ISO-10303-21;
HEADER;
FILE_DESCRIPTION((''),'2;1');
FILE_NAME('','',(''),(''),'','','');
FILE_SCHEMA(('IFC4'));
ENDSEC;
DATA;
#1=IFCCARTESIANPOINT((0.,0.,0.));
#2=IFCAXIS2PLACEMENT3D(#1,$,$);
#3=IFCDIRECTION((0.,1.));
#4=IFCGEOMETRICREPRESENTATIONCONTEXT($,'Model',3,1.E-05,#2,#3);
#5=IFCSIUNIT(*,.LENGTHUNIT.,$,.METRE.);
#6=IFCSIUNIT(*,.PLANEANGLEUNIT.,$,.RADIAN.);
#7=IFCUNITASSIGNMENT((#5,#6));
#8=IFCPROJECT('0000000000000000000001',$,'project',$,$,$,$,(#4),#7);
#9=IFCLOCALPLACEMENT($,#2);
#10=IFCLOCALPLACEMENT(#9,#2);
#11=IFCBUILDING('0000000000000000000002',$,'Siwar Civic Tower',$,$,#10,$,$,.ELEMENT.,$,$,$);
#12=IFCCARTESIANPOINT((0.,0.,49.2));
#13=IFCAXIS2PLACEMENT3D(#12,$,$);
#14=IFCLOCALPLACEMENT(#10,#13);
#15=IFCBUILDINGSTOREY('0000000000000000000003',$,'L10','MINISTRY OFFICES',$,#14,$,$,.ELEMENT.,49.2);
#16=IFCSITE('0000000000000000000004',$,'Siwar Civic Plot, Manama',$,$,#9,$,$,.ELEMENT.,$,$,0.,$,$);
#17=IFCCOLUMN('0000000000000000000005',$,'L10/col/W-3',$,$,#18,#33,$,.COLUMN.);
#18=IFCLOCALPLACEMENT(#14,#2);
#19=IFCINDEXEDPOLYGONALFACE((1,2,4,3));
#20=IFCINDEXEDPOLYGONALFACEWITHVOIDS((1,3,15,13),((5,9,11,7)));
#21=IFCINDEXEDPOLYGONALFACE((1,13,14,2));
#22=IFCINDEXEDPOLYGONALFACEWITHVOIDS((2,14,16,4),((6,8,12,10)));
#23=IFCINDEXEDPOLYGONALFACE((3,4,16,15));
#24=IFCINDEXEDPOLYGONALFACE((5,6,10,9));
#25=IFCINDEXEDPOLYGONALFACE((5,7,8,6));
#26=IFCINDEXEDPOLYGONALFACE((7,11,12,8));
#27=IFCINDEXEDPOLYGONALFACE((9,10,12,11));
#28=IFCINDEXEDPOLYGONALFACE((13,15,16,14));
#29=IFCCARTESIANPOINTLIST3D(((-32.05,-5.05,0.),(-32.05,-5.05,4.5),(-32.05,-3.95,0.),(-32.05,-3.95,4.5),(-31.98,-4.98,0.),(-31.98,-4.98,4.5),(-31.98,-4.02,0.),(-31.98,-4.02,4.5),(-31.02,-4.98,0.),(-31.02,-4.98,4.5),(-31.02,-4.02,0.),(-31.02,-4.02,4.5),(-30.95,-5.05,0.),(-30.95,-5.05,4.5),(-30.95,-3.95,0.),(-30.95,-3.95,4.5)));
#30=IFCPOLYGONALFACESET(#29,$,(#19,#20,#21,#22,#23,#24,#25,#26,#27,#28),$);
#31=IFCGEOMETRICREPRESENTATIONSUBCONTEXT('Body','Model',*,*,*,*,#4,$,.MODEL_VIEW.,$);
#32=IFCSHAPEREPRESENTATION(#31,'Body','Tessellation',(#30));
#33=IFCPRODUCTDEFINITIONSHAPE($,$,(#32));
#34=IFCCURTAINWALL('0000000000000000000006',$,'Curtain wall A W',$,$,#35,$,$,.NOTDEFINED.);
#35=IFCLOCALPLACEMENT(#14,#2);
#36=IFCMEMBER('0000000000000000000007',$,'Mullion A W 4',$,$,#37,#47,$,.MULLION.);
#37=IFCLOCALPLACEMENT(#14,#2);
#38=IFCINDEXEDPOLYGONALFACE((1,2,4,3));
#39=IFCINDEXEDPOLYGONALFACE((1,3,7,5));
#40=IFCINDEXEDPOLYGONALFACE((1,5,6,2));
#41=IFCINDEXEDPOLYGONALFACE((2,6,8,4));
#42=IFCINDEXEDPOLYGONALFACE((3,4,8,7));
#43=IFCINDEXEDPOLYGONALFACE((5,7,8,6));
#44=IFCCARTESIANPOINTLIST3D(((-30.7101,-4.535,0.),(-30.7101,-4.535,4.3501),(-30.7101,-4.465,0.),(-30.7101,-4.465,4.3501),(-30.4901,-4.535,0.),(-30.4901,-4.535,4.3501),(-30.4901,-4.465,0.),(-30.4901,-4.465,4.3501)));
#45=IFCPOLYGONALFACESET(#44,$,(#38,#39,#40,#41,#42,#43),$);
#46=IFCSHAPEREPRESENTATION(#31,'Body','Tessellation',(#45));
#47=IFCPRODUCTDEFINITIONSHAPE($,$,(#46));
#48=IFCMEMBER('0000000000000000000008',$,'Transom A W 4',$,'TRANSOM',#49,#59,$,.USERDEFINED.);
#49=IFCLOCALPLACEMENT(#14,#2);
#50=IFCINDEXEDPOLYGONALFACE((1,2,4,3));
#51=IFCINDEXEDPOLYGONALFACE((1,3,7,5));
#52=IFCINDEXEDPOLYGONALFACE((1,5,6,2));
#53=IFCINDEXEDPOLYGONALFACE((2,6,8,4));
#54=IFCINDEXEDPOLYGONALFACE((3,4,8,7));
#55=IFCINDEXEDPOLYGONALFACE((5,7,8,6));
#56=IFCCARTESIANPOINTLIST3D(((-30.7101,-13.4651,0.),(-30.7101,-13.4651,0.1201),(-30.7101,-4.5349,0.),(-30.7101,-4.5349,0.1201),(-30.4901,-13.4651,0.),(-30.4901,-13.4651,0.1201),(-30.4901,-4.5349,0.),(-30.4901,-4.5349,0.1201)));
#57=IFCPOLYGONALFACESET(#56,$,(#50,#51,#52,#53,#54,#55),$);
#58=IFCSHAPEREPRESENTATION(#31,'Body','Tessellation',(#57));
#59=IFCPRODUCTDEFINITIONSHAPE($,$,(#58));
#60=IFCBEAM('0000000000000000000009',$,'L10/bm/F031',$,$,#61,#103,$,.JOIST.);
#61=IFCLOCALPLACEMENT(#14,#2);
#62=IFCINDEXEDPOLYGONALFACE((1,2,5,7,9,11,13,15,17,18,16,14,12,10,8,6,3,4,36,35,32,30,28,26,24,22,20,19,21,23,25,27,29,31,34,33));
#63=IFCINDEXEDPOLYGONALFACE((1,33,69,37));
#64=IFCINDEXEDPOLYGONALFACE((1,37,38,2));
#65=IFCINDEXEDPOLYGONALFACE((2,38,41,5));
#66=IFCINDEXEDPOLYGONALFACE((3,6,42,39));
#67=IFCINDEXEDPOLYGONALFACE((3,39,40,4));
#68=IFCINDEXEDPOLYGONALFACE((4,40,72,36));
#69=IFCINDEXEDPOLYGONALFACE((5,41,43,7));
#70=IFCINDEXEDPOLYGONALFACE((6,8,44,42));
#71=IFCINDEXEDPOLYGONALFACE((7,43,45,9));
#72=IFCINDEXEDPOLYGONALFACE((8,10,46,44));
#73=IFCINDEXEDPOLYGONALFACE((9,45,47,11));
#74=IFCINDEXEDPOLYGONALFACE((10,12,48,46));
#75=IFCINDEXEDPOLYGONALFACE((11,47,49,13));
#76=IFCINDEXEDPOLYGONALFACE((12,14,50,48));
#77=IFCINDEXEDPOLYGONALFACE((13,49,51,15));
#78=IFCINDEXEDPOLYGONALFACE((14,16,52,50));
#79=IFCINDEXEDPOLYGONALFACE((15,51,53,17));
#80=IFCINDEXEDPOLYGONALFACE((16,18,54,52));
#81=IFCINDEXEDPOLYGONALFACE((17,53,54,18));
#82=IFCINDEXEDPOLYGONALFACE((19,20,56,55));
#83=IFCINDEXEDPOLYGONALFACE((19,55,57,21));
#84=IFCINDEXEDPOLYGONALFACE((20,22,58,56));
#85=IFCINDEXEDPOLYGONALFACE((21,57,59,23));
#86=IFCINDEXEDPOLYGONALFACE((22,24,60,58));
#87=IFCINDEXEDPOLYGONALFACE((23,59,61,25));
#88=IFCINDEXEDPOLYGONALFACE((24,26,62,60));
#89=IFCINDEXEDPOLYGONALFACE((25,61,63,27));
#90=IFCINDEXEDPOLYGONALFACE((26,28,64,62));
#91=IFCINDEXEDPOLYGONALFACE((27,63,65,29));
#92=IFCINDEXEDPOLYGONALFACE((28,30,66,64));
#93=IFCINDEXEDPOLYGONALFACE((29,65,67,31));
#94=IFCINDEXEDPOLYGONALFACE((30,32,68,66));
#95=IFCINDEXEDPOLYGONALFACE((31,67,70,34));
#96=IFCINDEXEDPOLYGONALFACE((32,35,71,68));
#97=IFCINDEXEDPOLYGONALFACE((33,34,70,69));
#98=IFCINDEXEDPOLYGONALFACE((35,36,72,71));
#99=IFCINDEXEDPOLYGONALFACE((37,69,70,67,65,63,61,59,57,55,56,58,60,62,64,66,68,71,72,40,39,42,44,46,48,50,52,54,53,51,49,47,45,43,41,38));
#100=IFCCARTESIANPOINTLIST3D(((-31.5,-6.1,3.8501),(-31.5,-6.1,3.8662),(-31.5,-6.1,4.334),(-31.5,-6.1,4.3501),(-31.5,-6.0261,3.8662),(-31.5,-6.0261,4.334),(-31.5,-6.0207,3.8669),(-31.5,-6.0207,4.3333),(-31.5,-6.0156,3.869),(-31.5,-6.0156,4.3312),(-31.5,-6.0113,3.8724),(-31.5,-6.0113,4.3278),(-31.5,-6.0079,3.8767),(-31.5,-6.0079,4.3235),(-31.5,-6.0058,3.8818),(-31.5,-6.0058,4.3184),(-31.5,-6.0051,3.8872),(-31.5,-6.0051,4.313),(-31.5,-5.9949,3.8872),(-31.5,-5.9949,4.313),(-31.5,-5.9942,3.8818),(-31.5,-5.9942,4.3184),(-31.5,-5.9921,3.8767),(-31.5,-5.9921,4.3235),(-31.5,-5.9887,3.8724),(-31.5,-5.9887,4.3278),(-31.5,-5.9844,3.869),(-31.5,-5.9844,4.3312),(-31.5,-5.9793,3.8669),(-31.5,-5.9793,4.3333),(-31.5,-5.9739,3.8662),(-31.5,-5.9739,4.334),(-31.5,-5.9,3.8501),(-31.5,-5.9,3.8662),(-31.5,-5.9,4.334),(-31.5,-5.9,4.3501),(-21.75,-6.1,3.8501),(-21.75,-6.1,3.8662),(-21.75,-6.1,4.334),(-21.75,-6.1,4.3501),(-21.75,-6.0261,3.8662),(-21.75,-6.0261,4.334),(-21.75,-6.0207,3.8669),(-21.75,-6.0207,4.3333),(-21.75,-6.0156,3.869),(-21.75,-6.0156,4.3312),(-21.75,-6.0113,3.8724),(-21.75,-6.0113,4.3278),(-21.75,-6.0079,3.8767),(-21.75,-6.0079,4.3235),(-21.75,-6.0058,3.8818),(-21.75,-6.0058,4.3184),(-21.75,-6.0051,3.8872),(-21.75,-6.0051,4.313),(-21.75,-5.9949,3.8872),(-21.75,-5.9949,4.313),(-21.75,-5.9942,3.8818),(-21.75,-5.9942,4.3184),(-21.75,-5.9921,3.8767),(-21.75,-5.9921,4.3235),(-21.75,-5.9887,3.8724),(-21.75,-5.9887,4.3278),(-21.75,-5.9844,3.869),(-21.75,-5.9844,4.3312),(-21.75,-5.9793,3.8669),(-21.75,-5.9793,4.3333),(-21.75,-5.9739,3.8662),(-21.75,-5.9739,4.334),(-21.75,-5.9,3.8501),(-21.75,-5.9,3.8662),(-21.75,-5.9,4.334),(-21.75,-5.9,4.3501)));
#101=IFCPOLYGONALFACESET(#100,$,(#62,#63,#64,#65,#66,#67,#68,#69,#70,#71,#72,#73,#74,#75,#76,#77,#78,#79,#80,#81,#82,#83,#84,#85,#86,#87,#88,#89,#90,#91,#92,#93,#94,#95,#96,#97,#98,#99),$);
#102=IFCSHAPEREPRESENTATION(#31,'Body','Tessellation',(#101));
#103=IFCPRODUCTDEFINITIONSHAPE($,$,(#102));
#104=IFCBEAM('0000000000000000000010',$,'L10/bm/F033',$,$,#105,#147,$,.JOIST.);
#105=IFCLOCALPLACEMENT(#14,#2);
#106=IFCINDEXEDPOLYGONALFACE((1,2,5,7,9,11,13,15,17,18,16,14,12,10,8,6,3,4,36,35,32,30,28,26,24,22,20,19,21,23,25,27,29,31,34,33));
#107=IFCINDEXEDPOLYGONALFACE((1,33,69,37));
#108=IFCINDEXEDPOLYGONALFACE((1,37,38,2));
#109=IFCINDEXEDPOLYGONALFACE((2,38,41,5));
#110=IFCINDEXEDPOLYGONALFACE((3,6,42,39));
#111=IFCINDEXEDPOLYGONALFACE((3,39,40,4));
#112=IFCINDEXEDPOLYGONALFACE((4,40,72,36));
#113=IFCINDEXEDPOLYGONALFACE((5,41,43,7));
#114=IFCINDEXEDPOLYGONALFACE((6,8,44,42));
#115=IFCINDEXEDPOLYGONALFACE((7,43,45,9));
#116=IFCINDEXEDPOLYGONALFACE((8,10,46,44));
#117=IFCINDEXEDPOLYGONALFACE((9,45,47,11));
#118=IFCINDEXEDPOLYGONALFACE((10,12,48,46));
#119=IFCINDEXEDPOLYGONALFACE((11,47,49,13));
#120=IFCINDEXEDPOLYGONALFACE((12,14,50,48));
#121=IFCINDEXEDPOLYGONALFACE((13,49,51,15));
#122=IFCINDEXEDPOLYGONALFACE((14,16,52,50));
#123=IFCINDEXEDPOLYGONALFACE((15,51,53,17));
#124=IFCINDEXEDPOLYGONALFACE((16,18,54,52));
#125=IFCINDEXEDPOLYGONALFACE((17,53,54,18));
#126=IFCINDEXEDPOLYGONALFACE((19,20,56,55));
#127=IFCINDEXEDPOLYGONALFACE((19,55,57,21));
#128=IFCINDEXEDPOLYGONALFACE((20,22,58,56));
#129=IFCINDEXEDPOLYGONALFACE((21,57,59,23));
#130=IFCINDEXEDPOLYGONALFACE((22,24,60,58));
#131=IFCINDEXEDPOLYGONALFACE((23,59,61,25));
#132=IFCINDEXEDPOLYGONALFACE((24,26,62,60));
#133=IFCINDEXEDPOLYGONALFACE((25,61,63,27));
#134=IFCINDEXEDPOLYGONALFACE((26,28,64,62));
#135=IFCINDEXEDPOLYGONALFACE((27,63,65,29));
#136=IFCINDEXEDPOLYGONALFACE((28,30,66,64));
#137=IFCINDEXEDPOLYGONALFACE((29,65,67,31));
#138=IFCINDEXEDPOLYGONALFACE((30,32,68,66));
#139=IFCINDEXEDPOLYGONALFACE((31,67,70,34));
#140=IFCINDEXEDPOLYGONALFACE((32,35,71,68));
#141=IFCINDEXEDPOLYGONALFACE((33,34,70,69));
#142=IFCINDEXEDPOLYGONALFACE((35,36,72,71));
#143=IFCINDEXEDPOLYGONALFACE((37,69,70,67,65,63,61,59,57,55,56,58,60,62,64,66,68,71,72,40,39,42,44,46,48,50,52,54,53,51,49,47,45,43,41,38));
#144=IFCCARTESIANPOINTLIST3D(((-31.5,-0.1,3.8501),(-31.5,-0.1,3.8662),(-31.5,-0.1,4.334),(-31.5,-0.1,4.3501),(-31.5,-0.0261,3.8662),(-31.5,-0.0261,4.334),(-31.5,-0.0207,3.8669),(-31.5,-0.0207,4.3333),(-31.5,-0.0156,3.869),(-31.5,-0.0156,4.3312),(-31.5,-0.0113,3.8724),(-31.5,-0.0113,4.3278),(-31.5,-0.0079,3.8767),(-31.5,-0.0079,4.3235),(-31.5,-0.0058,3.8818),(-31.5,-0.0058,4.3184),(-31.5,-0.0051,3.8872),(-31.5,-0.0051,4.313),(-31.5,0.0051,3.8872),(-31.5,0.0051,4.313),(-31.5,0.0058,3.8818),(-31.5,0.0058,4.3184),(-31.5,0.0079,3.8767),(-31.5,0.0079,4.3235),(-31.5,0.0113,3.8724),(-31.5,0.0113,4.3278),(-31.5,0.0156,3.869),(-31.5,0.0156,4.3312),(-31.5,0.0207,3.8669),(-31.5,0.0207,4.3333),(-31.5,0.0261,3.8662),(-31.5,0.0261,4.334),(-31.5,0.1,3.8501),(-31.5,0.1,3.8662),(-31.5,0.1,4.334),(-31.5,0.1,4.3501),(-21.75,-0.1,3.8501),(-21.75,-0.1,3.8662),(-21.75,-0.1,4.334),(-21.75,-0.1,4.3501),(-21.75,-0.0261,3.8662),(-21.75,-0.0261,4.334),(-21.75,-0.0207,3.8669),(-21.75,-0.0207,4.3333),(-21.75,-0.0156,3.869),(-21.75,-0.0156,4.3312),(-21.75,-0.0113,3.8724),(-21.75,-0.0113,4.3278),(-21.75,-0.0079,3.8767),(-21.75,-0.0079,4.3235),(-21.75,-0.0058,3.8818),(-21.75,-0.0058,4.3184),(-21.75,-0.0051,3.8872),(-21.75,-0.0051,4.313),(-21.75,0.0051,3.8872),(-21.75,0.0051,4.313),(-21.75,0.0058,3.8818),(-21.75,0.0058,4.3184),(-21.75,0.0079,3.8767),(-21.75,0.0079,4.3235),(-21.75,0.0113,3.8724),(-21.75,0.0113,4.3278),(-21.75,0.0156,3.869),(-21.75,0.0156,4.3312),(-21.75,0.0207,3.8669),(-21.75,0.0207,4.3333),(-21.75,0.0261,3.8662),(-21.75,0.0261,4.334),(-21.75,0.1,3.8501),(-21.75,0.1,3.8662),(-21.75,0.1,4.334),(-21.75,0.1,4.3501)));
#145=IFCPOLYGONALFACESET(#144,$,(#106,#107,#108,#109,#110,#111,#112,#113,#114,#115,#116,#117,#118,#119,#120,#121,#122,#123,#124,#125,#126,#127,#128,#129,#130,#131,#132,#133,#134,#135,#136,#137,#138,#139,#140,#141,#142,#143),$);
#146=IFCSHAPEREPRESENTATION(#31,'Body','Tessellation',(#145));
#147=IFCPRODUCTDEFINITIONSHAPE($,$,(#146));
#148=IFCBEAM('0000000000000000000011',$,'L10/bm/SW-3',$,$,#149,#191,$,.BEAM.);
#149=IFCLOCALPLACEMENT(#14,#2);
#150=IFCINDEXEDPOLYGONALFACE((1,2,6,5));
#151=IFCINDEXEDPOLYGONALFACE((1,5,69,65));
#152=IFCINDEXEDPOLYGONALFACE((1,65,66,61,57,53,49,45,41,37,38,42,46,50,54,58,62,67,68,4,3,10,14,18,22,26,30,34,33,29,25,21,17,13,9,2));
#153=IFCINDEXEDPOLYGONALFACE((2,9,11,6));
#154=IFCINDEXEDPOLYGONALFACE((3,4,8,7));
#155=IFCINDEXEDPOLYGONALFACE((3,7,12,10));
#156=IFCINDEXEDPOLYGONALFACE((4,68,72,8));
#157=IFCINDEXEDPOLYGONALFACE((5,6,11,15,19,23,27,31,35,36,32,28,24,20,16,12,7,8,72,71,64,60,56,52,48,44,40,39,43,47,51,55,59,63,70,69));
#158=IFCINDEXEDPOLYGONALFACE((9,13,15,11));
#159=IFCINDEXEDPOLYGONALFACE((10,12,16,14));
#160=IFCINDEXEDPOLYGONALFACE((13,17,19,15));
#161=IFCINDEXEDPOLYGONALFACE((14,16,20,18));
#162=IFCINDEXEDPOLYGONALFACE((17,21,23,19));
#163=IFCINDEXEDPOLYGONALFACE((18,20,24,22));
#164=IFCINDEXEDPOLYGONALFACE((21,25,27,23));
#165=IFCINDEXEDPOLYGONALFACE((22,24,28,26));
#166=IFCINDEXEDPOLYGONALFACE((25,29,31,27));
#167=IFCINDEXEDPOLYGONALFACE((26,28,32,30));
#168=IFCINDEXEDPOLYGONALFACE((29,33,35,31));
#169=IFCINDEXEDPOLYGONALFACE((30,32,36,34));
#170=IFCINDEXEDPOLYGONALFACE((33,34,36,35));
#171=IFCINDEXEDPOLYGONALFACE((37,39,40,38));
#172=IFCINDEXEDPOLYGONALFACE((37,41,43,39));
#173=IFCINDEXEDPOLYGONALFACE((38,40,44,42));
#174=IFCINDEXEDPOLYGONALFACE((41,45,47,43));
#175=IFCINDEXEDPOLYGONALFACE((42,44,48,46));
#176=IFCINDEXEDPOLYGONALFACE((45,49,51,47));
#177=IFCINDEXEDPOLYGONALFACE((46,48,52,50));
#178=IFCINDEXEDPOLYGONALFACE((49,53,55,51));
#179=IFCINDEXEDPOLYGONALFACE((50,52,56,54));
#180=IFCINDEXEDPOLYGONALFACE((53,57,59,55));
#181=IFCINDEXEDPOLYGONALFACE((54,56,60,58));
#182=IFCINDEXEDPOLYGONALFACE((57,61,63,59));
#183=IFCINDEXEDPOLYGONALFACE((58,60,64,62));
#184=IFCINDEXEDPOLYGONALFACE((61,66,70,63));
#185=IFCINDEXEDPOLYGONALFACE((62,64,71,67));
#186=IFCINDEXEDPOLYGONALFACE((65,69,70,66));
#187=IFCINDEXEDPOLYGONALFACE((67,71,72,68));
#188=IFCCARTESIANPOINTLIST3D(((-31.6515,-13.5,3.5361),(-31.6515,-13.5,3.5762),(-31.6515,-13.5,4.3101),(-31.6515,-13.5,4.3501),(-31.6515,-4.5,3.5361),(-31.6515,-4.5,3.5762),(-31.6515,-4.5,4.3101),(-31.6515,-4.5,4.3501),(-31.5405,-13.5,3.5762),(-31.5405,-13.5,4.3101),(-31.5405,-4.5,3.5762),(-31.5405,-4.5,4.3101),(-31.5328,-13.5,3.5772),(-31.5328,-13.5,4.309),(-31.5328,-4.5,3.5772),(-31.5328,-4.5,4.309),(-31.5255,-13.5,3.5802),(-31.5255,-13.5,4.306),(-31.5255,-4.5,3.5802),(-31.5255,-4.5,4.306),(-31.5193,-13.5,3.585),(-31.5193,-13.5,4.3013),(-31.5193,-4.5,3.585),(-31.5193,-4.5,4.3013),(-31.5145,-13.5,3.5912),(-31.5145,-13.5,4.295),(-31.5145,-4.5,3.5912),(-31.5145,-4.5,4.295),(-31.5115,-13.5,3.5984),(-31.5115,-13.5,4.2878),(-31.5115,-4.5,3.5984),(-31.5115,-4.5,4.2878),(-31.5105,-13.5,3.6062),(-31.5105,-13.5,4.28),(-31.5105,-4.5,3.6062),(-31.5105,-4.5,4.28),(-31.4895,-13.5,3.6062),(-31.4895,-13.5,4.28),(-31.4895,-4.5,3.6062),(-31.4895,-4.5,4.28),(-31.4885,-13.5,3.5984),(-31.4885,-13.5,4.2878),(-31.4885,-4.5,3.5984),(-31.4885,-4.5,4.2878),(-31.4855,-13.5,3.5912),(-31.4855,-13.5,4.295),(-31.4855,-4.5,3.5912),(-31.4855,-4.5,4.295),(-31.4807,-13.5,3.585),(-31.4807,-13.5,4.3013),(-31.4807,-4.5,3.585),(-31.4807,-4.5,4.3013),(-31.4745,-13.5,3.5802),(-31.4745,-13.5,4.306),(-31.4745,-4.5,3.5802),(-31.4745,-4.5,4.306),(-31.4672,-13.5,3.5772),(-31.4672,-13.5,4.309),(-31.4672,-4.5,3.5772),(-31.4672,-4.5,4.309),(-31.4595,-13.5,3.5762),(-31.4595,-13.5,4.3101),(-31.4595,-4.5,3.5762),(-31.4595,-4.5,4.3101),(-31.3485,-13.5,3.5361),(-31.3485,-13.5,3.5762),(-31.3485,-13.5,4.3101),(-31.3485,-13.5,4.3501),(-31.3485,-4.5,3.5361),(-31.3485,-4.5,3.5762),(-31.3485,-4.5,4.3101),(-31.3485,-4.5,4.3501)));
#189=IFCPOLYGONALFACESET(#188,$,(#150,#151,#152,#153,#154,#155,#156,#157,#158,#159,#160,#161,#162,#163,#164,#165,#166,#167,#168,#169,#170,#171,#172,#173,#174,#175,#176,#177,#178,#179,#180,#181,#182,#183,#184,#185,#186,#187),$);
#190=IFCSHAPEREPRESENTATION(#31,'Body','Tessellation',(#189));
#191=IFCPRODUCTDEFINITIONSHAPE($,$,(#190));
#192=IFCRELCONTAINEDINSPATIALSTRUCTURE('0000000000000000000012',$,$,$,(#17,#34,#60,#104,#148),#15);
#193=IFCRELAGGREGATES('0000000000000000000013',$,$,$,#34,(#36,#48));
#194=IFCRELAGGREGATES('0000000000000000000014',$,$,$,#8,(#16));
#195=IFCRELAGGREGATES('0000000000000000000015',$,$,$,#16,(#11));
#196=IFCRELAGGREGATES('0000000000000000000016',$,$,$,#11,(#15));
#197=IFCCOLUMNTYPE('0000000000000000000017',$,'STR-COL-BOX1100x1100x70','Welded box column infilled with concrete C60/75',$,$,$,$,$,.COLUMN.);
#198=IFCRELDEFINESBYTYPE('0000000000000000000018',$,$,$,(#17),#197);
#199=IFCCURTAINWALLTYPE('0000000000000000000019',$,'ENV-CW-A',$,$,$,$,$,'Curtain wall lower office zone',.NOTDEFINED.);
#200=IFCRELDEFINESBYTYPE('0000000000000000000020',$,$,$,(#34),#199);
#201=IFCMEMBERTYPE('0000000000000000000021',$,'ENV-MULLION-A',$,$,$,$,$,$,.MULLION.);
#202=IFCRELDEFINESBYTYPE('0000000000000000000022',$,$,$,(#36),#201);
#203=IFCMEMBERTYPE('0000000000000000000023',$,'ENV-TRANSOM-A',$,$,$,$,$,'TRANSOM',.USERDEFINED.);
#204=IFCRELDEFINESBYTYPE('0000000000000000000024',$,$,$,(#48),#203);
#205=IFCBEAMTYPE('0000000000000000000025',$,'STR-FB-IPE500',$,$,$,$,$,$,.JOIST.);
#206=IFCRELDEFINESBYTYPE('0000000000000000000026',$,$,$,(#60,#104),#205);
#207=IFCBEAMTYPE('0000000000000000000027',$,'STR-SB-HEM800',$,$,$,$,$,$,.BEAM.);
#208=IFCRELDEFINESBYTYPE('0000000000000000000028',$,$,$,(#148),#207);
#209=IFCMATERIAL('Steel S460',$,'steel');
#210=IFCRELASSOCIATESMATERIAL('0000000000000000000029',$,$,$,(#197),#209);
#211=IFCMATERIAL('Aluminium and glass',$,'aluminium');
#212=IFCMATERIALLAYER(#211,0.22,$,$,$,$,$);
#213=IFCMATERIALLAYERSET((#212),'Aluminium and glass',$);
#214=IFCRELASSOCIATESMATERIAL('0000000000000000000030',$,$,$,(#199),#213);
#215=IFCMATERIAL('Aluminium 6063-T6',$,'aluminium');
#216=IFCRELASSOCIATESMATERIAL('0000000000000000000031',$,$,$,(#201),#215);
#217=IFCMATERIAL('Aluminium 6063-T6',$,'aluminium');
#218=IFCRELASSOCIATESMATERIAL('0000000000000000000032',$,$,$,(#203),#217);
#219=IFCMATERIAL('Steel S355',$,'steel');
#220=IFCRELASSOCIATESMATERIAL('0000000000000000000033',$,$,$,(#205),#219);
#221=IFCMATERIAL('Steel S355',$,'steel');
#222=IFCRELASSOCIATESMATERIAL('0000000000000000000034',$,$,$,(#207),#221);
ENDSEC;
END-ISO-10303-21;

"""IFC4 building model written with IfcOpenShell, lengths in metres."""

from ifc_helpers import new_model, si_unit, direction, frame, origin, origin_2d, place, context, subcontext, project, spatial, rectangle, hollow_rectangle, i_section, extrude, material, layer, layer_set, material_profile, profile_set, type_object, element, aggregate, save


model = new_model("IFC4")

# Units and contexts
model_context = context("Model", 3, precision=1e-05, world=origin(), true_north=direction((0.0, 1.0)))
body_context = subcontext(model_context, "Body", "Model", "MODEL_VIEW")
ifc_project = project(units=[si_unit("LENGTHUNIT", "METRE"), si_unit("PLANEANGLEUNIT", "RADIAN")], contexts=[model_context])

# Site, building, storey
site_placement = place(None, origin())
site = spatial("IfcSite", under=ifc_project, at=site_placement, Name="Siwar Civic Plot, Manama", CompositionType="ELEMENT", RefElevation=0.0)
building_placement = place(site_placement, origin())
building = spatial("IfcBuilding", under=site, at=building_placement, Name="Siwar Civic Tower", CompositionType="ELEMENT")
storey_placement = place(building_placement, frame((0.0, 0.0, 49.2)))
storey = spatial("IfcBuildingStorey", under=building, at=storey_placement, Name="L10", Description="MINISTRY OFFICES", CompositionType="ELEMENT", Elevation=49.2)

# Column
ifc_material_1 = material(Name="Steel S460", Category="steel")
ifc_material_profile_1 = material_profile(ifc_material_1, hollow_rectangle(XDim=1.1001, YDim=1.1001, WallThickness=0.0701, at=origin_2d()), Name="BOX1100x1100x70")
ifc_profile_set_1 = profile_set([ifc_material_profile_1], Name="Steel S460")
column_type = type_object("IfcColumnType", Name="STR-COL-BOX1100x1100x70", Description="Welded box column infilled with concrete C60/75", PredefinedType="COLUMN", material=ifc_profile_set_1)
column_placement = place(storey_placement, frame((-31.5, -4.5, 0.0), z_axis=(0.0, 0.0, 1.0), x_axis=(1.0, 0.0, 0.0)))
element("IfcColumn", 1, at=column_placement, inside=storey, type_object=column_type, Name="L10/col/W-3", PredefinedType="COLUMN", context=body_context, shape_type="SweptSolid", body=[
    extrude(hollow_rectangle(XDim=1.1001, YDim=1.1001, WallThickness=0.0701, at=origin_2d()), origin(), (0.0, 0.0, 1.0), 4.5),
])

# Curtain wall, members
ifc_material_2 = material(Name="Aluminium and glass", Category="aluminium")
ifc_layer_1 = layer(ifc_material_2, 0.22)
ifc_layer_set_1 = layer_set([ifc_layer_1], Name="Aluminium and glass")
curtain_wall_type = type_object("IfcCurtainWallType", Name="ENV-CW-A", ElementType="Curtain wall lower office zone", PredefinedType="NOTDEFINED", material=ifc_layer_set_1)
curtain_wall_placement = place(storey_placement, origin())
curtain_wall = element("IfcCurtainWall", 2, at=curtain_wall_placement, inside=storey, type_object=curtain_wall_type, Name="Curtain wall A W", PredefinedType="NOTDEFINED")
ifc_material_3 = material(Name="Aluminium 6063-T6", Category="aluminium")
ifc_material_profile_2 = material_profile(ifc_material_3, rectangle(XDim=0.22, YDim=0.0701, at=origin_2d()), Name="AL 220x70")
ifc_profile_set_2 = profile_set([ifc_material_profile_2], Name="Aluminium 6063-T6")
member_type_1 = type_object("IfcMemberType", Name="ENV-MULLION-A", PredefinedType="MULLION", material=ifc_profile_set_2)
member_1_placement = place(storey_placement, frame((-30.6001, -4.5, 0.0), z_axis=(0.0, 0.0, 1.0), x_axis=(1.0, 0.0, 0.0)))
member_1 = element("IfcMember", 3, at=member_1_placement, type_object=member_type_1, Name="Mullion A W 4", PredefinedType="MULLION", context=body_context, shape_type="SweptSolid", body=[
    extrude(rectangle(XDim=0.22, YDim=0.0701, at=origin_2d()), origin(), (0.0, 0.0, 1.0), 4.3501),
])
ifc_material_4 = material(Name="Aluminium 6063-T6", Category="aluminium")
ifc_material_profile_3 = material_profile(ifc_material_4, rectangle(XDim=0.22, YDim=0.1201, at=origin_2d()), Name="AL 220x120")
ifc_profile_set_3 = profile_set([ifc_material_profile_3], Name="Aluminium 6063-T6")
member_type_2 = type_object("IfcMemberType", Name="ENV-TRANSOM-A", ElementType="TRANSOM", PredefinedType="USERDEFINED", material=ifc_profile_set_3)
member_2_placement = place(storey_placement, frame((-30.6001, -4.5349, 0.0601), z_axis=(0.0, -1.0, 0.0), x_axis=(1.0, 0.0, 0.0)))
member_2 = element("IfcMember", 4, at=member_2_placement, type_object=member_type_2, Name="Transom A W 4", ObjectType="TRANSOM", PredefinedType="USERDEFINED", context=body_context, shape_type="SweptSolid", body=[
    extrude(rectangle(XDim=0.22, YDim=0.1201, at=origin_2d()), origin(), (0.0, 0.0, 1.0), 8.9302),
])

# Beams
ifc_material_5 = material(Name="Steel S355", Category="steel")
ifc_material_profile_4 = material_profile(ifc_material_5, i_section(OverallWidth=0.2, OverallDepth=0.5, WebThickness=0.0103, FlangeThickness=0.0161, FilletRadius=0.021, at=origin_2d()), Name="IPE500")
ifc_profile_set_4 = profile_set([ifc_material_profile_4], Name="Steel S355")
beam_type_1 = type_object("IfcBeamType", Name="STR-FB-IPE500", PredefinedType="JOIST", material=ifc_profile_set_4)
for number, where, z_axis, x_axis, name in (
    (5, (-31.5, -6.0, 4.1001), (1.0, 0.0, 0.0), (0.0, 1.0, 0.0), "L10/bm/F031"),
    (6, (-31.5, 0.0, 4.1001), (1.0, 0.0, 0.0), (0.0, 1.0, 0.0), "L10/bm/F033"),
):
    element("IfcBeam", number, at=place(storey_placement, frame(where, z_axis=z_axis, x_axis=x_axis)), inside=storey, type_object=beam_type_1, Name=name, PredefinedType="JOIST", context=body_context, shape_type="SweptSolid", body=[
        extrude(i_section(OverallWidth=0.2, OverallDepth=0.5, WebThickness=0.0103, FlangeThickness=0.0161, FilletRadius=0.021, at=origin_2d()), origin(), (0.0, 0.0, 1.0), 9.75),
    ])
ifc_material_6 = material(Name="Steel S355", Category="steel")
ifc_material_profile_5 = material_profile(ifc_material_6, i_section(OverallWidth=0.303, OverallDepth=0.814, WebThickness=0.021, FlangeThickness=0.04, FilletRadius=0.03, at=origin_2d()), Name="HEM800")
ifc_profile_set_5 = profile_set([ifc_material_profile_5], Name="Steel S355")
beam_type_2 = type_object("IfcBeamType", Name="STR-SB-HEM800", PredefinedType="BEAM", material=ifc_profile_set_5)
beam_placement = place(storey_placement, frame((-31.5, -4.5, 3.9431), z_axis=(0.0, -1.0, 0.0), x_axis=(1.0, 0.0, 0.0)))
element("IfcBeam", 7, at=beam_placement, inside=storey, type_object=beam_type_2, Name="L10/bm/SW-3", PredefinedType="BEAM", context=body_context, shape_type="SweptSolid", body=[
    extrude(i_section(OverallWidth=0.303, OverallDepth=0.814, WebThickness=0.021, FlangeThickness=0.04, FilletRadius=0.03, at=origin_2d()), origin(), (0.0, 0.0, 1.0), 9.0),
])

aggregate(curtain_wall, [member_1, member_2])

save(model, "model.ifc")
